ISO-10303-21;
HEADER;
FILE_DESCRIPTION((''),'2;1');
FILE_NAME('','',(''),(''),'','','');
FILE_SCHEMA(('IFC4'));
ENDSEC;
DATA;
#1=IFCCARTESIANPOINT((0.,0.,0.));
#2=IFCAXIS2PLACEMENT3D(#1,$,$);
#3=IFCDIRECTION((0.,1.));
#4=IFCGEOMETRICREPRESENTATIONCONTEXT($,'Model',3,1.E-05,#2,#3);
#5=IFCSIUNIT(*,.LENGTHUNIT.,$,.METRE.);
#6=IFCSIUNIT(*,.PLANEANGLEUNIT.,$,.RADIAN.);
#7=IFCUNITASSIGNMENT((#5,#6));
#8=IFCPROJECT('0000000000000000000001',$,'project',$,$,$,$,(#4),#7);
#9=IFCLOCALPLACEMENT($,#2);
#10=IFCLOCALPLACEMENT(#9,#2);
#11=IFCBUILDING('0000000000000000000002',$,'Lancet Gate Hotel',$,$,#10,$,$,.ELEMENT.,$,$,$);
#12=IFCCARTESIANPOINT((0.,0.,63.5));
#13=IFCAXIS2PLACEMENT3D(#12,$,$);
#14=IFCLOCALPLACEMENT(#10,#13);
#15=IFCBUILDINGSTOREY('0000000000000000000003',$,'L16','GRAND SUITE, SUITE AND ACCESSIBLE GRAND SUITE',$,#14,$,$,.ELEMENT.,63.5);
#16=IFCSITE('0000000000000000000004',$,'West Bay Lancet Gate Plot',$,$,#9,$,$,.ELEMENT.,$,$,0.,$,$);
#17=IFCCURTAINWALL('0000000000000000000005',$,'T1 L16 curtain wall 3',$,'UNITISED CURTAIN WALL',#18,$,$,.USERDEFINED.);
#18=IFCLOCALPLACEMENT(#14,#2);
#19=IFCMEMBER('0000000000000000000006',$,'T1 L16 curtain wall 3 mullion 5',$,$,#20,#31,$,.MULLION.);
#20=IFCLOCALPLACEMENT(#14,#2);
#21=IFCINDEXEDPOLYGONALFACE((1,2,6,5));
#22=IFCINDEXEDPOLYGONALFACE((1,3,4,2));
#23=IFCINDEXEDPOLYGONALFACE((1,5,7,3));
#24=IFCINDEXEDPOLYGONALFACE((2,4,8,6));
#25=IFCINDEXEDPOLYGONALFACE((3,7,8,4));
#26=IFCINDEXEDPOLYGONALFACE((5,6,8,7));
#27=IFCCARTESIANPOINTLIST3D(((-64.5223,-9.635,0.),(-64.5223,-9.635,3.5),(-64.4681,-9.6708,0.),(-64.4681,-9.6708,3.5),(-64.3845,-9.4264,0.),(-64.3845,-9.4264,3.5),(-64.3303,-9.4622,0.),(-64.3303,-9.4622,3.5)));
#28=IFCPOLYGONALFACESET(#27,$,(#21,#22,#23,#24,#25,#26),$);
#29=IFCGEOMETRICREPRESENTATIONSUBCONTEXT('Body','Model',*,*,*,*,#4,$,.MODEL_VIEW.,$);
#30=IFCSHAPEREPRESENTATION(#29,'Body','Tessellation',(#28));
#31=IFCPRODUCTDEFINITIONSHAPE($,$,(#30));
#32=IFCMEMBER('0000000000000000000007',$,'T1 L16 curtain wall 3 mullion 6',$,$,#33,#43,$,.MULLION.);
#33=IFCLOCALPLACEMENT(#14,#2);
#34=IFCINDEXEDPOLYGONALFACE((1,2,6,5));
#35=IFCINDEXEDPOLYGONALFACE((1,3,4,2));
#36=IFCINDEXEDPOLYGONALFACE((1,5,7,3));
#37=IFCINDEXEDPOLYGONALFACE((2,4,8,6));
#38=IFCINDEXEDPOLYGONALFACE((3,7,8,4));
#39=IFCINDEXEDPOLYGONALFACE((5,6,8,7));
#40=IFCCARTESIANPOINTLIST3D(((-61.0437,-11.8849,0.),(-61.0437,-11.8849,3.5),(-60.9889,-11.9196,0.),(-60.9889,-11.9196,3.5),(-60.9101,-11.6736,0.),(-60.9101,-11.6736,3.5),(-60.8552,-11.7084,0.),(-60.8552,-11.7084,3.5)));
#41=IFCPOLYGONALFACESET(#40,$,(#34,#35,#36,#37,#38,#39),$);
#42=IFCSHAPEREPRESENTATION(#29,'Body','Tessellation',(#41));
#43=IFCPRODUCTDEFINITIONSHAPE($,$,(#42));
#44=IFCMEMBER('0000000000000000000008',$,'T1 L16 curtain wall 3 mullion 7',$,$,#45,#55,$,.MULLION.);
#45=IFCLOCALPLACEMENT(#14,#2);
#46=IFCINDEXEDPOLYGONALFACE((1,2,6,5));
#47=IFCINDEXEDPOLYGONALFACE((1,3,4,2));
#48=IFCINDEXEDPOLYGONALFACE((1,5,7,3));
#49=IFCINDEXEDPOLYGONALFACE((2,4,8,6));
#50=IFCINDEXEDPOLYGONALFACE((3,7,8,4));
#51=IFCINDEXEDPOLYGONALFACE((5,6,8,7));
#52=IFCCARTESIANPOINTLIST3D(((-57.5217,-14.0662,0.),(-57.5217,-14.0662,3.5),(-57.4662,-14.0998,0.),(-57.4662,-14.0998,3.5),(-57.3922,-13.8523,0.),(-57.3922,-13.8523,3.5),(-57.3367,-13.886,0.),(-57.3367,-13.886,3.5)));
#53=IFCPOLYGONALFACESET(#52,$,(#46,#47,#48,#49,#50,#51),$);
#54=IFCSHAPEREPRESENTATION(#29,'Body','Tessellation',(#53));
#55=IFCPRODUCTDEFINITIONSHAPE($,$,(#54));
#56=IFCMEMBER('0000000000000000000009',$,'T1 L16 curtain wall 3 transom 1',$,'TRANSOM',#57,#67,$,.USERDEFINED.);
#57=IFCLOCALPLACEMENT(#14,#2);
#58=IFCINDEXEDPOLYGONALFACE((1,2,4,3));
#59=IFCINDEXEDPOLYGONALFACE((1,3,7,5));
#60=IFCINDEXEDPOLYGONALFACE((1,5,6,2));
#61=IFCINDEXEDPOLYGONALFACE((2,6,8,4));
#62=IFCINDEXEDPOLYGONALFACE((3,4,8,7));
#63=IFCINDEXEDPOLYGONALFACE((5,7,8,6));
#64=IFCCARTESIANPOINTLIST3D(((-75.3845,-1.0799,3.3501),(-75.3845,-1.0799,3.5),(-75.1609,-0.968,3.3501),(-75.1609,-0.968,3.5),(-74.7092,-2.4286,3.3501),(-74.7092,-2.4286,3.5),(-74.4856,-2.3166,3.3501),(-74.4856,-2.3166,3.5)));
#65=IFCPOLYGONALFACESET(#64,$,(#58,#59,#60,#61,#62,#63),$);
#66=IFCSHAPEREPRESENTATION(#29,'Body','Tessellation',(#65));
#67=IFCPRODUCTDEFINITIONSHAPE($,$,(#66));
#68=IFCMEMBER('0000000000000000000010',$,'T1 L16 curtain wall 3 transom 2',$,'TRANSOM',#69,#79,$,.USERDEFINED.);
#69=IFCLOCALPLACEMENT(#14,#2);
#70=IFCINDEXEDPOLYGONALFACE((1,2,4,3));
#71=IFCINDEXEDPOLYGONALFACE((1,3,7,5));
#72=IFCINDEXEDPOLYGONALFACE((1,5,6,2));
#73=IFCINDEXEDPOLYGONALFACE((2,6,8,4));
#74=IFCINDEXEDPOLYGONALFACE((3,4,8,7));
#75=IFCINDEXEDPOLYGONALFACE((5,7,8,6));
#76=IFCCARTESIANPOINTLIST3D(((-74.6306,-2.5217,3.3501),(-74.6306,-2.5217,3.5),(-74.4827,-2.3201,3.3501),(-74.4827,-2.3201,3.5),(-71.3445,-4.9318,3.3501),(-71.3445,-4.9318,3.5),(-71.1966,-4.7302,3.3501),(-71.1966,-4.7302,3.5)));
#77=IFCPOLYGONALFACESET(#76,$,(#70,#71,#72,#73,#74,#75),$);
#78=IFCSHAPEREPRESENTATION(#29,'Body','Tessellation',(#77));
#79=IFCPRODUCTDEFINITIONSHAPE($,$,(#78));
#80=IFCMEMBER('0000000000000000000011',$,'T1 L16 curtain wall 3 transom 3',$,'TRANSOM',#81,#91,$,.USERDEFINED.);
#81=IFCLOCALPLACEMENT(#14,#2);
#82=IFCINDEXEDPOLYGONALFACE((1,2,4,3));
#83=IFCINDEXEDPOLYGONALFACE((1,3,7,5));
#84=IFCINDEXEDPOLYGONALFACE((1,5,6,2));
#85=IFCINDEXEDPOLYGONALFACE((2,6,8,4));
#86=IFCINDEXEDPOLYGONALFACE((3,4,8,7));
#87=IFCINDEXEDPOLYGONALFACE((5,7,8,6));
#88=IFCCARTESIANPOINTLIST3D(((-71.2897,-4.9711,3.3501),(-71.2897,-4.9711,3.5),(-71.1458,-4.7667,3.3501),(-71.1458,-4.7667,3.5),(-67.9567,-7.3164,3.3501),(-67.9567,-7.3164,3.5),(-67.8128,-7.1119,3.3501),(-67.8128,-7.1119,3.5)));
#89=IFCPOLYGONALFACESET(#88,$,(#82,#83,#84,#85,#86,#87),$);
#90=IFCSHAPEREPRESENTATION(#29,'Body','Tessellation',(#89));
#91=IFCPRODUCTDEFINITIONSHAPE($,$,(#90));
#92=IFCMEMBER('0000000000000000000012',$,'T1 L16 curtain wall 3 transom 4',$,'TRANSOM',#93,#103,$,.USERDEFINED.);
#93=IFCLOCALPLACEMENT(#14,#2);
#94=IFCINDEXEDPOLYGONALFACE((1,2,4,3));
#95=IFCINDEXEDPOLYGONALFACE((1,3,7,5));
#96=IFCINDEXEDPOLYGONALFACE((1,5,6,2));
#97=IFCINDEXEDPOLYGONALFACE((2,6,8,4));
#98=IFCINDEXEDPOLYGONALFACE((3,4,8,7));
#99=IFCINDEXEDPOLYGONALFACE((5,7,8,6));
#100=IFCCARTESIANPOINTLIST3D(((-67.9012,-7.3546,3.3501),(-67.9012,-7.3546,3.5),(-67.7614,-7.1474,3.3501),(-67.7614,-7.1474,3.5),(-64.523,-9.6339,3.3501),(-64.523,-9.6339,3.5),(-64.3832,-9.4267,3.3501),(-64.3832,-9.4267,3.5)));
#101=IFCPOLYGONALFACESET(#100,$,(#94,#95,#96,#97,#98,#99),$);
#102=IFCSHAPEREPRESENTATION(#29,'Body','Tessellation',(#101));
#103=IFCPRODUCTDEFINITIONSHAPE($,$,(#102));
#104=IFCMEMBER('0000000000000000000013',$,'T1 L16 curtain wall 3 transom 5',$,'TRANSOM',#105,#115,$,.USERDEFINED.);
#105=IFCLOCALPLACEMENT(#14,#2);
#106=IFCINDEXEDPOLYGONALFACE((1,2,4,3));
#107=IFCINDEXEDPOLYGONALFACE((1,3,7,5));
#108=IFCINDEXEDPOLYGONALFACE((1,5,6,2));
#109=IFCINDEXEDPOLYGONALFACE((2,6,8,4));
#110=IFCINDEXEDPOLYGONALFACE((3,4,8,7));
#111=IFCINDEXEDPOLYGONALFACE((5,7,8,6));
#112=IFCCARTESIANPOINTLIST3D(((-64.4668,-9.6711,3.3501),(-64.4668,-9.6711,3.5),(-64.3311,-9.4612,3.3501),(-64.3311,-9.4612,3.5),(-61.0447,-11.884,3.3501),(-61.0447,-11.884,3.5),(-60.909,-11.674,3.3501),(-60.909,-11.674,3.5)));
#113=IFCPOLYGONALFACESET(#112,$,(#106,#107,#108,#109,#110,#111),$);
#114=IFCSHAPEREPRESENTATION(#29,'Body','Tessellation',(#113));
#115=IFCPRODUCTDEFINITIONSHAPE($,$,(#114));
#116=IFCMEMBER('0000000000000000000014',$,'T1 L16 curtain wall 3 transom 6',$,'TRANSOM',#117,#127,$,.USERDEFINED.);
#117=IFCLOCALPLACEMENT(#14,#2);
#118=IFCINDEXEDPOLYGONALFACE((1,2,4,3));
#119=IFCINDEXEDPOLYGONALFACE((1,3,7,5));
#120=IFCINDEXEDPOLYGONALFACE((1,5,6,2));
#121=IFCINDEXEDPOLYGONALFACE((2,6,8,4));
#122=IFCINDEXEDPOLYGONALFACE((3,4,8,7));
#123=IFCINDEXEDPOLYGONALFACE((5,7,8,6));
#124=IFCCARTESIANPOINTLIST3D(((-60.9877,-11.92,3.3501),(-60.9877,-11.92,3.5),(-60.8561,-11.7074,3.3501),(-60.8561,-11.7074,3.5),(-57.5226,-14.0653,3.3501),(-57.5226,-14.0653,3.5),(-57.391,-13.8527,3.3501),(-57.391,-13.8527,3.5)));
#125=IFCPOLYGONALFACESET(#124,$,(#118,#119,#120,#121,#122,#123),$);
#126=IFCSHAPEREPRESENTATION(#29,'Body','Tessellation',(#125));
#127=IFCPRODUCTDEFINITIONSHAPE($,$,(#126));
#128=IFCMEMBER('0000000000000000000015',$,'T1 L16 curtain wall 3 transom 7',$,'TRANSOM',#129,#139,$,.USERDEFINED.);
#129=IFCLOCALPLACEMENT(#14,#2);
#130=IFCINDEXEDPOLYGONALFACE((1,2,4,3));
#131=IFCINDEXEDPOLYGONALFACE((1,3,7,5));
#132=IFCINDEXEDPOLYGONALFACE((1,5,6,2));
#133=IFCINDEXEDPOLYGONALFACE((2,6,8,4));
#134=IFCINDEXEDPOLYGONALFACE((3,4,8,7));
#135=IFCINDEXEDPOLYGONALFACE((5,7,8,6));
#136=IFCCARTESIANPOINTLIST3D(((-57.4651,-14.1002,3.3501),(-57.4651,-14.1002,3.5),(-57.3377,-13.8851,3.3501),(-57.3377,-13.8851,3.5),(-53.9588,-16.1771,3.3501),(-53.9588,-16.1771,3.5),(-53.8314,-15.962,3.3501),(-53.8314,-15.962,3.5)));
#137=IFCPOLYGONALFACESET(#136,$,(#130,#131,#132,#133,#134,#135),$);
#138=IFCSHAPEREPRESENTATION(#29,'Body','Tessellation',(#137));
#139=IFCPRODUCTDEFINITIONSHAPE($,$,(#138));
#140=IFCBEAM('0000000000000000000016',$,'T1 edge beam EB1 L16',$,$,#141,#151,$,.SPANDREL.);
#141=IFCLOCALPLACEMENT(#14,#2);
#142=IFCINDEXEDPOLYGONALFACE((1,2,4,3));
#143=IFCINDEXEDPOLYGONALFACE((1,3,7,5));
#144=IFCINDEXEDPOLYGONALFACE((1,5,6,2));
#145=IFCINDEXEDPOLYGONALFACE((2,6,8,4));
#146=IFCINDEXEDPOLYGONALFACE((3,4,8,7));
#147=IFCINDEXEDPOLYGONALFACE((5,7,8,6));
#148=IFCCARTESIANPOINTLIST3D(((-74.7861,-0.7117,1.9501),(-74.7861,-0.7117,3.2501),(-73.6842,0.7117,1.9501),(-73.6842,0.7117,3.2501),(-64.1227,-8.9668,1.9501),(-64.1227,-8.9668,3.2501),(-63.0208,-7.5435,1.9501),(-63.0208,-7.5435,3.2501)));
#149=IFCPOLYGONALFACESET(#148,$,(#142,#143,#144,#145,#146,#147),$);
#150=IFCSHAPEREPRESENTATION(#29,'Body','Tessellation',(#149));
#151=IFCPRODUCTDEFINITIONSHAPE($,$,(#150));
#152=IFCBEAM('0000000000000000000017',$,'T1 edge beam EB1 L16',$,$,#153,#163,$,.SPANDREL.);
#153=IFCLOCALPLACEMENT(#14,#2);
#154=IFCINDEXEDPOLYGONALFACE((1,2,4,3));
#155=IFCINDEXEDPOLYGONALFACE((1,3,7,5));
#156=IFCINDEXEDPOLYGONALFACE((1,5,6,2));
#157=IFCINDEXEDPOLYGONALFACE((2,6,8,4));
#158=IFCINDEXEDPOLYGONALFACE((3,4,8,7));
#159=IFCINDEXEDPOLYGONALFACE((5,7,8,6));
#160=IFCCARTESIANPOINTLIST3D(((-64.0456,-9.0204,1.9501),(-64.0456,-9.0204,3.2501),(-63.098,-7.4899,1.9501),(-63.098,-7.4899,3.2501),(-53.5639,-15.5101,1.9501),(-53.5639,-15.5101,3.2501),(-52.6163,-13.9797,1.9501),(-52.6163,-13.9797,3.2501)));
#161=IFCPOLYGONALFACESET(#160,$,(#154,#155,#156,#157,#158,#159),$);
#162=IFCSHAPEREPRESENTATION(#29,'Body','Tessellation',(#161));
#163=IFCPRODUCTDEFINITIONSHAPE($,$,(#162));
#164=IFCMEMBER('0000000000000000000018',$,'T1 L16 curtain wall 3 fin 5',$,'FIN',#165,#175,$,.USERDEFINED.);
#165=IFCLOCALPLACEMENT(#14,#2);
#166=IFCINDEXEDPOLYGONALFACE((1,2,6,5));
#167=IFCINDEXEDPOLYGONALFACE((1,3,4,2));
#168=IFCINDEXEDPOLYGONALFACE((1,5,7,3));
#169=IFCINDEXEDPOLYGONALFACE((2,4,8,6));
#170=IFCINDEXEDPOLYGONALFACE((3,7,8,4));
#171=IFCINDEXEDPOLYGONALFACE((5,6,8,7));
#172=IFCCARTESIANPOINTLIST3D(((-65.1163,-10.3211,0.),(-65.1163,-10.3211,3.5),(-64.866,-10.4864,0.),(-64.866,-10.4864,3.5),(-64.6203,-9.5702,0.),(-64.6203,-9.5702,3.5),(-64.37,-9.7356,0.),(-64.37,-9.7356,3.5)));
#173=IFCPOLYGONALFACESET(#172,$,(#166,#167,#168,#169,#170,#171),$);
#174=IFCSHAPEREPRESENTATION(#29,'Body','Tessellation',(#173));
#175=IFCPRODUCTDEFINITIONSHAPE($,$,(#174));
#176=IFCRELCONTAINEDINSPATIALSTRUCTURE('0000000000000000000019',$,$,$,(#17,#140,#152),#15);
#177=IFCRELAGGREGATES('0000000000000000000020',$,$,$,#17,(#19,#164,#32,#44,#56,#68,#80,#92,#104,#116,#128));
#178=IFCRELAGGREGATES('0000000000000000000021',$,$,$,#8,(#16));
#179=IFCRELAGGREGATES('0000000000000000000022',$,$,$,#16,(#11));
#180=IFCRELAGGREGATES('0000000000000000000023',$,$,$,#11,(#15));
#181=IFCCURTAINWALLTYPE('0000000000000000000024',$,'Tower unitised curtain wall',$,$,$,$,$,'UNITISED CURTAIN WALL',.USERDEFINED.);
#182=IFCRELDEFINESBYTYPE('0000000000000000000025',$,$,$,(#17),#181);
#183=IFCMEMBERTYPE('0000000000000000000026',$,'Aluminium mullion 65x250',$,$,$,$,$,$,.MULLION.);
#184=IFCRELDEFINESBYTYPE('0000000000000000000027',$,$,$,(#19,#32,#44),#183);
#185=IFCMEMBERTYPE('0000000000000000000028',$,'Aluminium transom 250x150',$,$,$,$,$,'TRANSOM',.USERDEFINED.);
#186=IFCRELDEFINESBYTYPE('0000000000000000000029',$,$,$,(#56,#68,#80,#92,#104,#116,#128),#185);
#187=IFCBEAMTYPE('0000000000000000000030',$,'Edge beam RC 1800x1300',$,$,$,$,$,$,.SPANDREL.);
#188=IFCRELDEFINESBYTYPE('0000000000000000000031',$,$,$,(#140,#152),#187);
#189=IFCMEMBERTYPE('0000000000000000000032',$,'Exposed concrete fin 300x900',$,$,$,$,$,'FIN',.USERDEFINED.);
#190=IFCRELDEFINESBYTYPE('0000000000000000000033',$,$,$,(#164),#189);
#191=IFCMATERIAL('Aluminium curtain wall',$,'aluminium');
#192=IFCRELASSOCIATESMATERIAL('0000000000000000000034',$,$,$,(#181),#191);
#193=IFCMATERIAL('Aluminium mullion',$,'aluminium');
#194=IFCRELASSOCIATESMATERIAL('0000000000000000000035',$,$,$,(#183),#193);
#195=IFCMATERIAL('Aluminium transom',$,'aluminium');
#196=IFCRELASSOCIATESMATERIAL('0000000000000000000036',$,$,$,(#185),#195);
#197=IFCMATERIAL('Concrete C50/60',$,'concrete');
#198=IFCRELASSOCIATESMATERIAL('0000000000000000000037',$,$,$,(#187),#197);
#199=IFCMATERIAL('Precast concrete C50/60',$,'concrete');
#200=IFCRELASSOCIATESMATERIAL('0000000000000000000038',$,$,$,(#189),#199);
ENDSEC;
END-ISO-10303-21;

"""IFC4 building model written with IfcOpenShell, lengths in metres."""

from ifc_helpers import new_model, si_unit, direction, frame, origin, origin_2d, place, context, subcontext, project, spatial, rectangle, extrude, material, material_profile, profile_set, type_object, element, aggregate, save


model = new_model("IFC4")

# Units and contexts
model_context = context("Model", 3, precision=1e-05, world=origin(), true_north=direction((0.0, 1.0)))
body_context = subcontext(model_context, "Body", "Model", "MODEL_VIEW")
ifc_project = project(units=[si_unit("LENGTHUNIT", "METRE"), si_unit("PLANEANGLEUNIT", "RADIAN")], contexts=[model_context])

# Site, building, storey
site_placement = place(None, origin())
site = spatial("IfcSite", under=ifc_project, at=site_placement, Name="West Bay Lancet Gate Plot", CompositionType="ELEMENT", RefElevation=0.0)
building_placement = place(site_placement, origin())
building = spatial("IfcBuilding", under=site, at=building_placement, Name="Lancet Gate Hotel", CompositionType="ELEMENT")
storey_placement = place(building_placement, frame((0.0, 0.0, 63.5)))
storey = spatial("IfcBuildingStorey", under=building, at=storey_placement, Name="L16", Description="GRAND SUITE, SUITE AND ACCESSIBLE GRAND SUITE", CompositionType="ELEMENT", Elevation=63.5)

# Shared definitions
ifc_material_1 = material(Name="Aluminium curtain wall", Category="aluminium")
curtain_wall_type = type_object("IfcCurtainWallType", Name="Tower unitised curtain wall", ElementType="UNITISED CURTAIN WALL", PredefinedType="USERDEFINED", material=ifc_material_1)
ifc_material_2 = material(Name="Aluminium mullion", Category="aluminium")
ifc_material_profile_1 = material_profile(ifc_material_2, rectangle(XDim=0.0649, YDim=0.25, at=origin_2d()), Name="MULLION 65x250")
ifc_profile_set_1 = profile_set([ifc_material_profile_1], Name="Aluminium mullion")
member_type_1 = type_object("IfcMemberType", Name="Aluminium mullion 65x250", PredefinedType="MULLION", material=ifc_profile_set_1)

# Curtain wall, members
curtain_wall_1_placement = place(storey_placement, origin())
curtain_wall_1 = element("IfcCurtainWall", 1, at=curtain_wall_1_placement, inside=storey, type_object=curtain_wall_type, Name="T1 L16 curtain wall 3", ObjectType="UNITISED CURTAIN WALL", PredefinedType="USERDEFINED")
member_1_placement = place(storey_placement, frame((-64.4263, -9.5486, 0.0), z_axis=(0.0, 0.0, 1.0), x_axis=(0.834387, -0.551178, 0.0)))
member_1 = element("IfcMember", 2, at=member_1_placement, type_object=member_type_1, Name="T1 L16 curtain wall 3 mullion 5", PredefinedType="MULLION", context=body_context, shape_type="SweptSolid", body=[
    extrude(rectangle(XDim=0.0649, YDim=0.25, at=origin_2d()), origin(), (0.0, 0.0, 1.0), 3.5),
])
member_2_placement = place(storey_placement, frame((-60.9495, -11.7966, 0.0), z_axis=(0.0, 0.0, 1.0), x_axis=(0.845029, -0.53472, 0.0)))
member_2 = element("IfcMember", 3, at=member_2_placement, type_object=member_type_1, Name="T1 L16 curtain wall 3 mullion 6", PredefinedType="MULLION", context=body_context, shape_type="SweptSolid", body=[
    extrude(rectangle(XDim=0.0649, YDim=0.25, at=origin_2d()), origin(), (0.0, 0.0, 1.0), 3.5),
])
member_3_placement = place(storey_placement, frame((-57.4292, -13.9761, 0.0), z_axis=(0.0, 0.0, 1.0), x_axis=(0.855346, -0.518057, 0.0)))
member_3 = element("IfcMember", 4, at=member_3_placement, type_object=member_type_1, Name="T1 L16 curtain wall 3 mullion 7", PredefinedType="MULLION", context=body_context, shape_type="SweptSolid", body=[
    extrude(rectangle(XDim=0.0649, YDim=0.25, at=origin_2d()), origin(), (0.0, 0.0, 1.0), 3.5),
])
ifc_material_3 = material(Name="Aluminium transom", Category="aluminium")
ifc_material_profile_2 = material_profile(ifc_material_3, rectangle(XDim=0.25, YDim=0.1499, at=origin_2d()), Name="TRANSOM 250x150")
ifc_profile_set_2 = profile_set([ifc_material_profile_2], Name="Aluminium transom")
member_type_2 = type_object("IfcMemberType", Name="Aluminium transom 250x150", ElementType="TRANSOM", PredefinedType="USERDEFINED", material=ifc_profile_set_2)
member_4_placement = place(storey_placement, frame((-75.2727, -1.0239, 3.425), z_axis=(0.447732, -0.894168, 0.0), x_axis=(0.894168, 0.447732, 0.0)))
member_4 = element("IfcMember", 5, at=member_4_placement, type_object=member_type_2, Name="T1 L16 curtain wall 3 transom 1", ObjectType="TRANSOM", PredefinedType="USERDEFINED", context=body_context, shape_type="SweptSolid", body=[
    extrude(rectangle(XDim=0.25, YDim=0.1499, at=origin_2d()), origin(), (0.0, 0.0, 1.0), 1.5083),
])
member_5_placement = place(storey_placement, frame((-74.5566, -2.4209, 3.425), z_axis=(0.806367, -0.591416, 0.0), x_axis=(0.591416, 0.806367, 0.0)))
member_5 = element("IfcMember", 6, at=member_5_placement, type_object=member_type_2, Name="T1 L16 curtain wall 3 transom 2", ObjectType="TRANSOM", PredefinedType="USERDEFINED", context=body_context, shape_type="SweptSolid", body=[
    extrude(rectangle(XDim=0.25, YDim=0.1499, at=origin_2d()), origin(), (0.0, 0.0, 1.0), 4.0752),
])
member_6_placement = place(storey_placement, frame((-71.2178, -4.8689, 3.425), z_axis=(0.817834, -0.575455, 0.0), x_axis=(0.575455, 0.817834, 0.0)))
member_6 = element("IfcMember", 7, at=member_6_placement, type_object=member_type_2, Name="T1 L16 curtain wall 3 transom 3", ObjectType="TRANSOM", PredefinedType="USERDEFINED", context=body_context, shape_type="SweptSolid", body=[
    extrude(rectangle(XDim=0.25, YDim=0.1499, at=origin_2d()), origin(), (0.0, 0.0, 1.0), 4.0754),
])
member_7_placement = place(storey_placement, frame((-67.8313, -7.251, 3.425), z_axis=(0.828959, -0.559309, 0.0), x_axis=(0.559309, 0.828959, 0.0)))
member_7 = element("IfcMember", 8, at=member_7_placement, type_object=member_type_2, Name="T1 L16 curtain wall 3 transom 4", ObjectType="TRANSOM", PredefinedType="USERDEFINED", context=body_context, shape_type="SweptSolid", body=[
    extrude(rectangle(XDim=0.25, YDim=0.1499, at=origin_2d()), origin(), (0.0, 0.0, 1.0), 4.0752),
])
member_8_placement = place(storey_placement, frame((-64.3989, -9.5662, 3.425), z_axis=(0.839729, -0.543005, 0.0), x_axis=(0.543005, 0.839729, 0.0)))
member_8 = element("IfcMember", 9, at=member_8_placement, type_object=member_type_2, Name="T1 L16 curtain wall 3 transom 5", ObjectType="TRANSOM", PredefinedType="USERDEFINED", context=body_context, shape_type="SweptSolid", body=[
    extrude(rectangle(XDim=0.25, YDim=0.1499, at=origin_2d()), origin(), (0.0, 0.0, 1.0), 4.0752),
])
member_9_placement = place(storey_placement, frame((-60.9219, -11.8137, 3.425), z_axis=(0.850242, -0.526392, 0.0), x_axis=(0.526392, 0.850242, 0.0)))
member_9 = element("IfcMember", 10, at=member_9_placement, type_object=member_type_2, Name="T1 L16 curtain wall 3 transom 6", ObjectType="TRANSOM", PredefinedType="USERDEFINED", context=body_context, shape_type="SweptSolid", body=[
    extrude(rectangle(XDim=0.25, YDim=0.1499, at=origin_2d()), origin(), (0.0, 0.0, 1.0), 4.0754),
])
member_10_placement = place(storey_placement, frame((-57.4014, -13.9927, 3.425), z_axis=(0.860392, -0.509633, 0.0), x_axis=(0.509633, 0.860392, 0.0)))
member_10 = element("IfcMember", 11, at=member_10_placement, type_object=member_type_2, Name="T1 L16 curtain wall 3 transom 7", ObjectType="TRANSOM", PredefinedType="USERDEFINED", context=body_context, shape_type="SweptSolid", body=[
    extrude(rectangle(XDim=0.25, YDim=0.1499, at=origin_2d()), origin(), (0.0, 0.0, 1.0), 4.0752),
])

# Beams
ifc_material_4 = material(Name="Concrete C50/60", Category="concrete")
ifc_material_profile_3 = material_profile(ifc_material_4, rectangle(XDim=1.8, YDim=1.3, at=origin_2d()), Name="RC 1800x1300")
ifc_profile_set_3 = profile_set([ifc_material_profile_3], Name="Concrete C50/60")
beam_type_1 = type_object("IfcBeamType", Name="Edge beam RC 1800x1300", PredefinedType="SPANDREL", material=ifc_profile_set_3)
beam_1_placement = place(storey_placement, frame((-74.2351, 0.0, 2.6001), z_axis=(0.790736, -0.612157, 0.0), x_axis=(0.612157, 0.790736, 0.0)))
element("IfcBeam", 12, at=beam_1_placement, inside=storey, type_object=beam_type_1, Name="T1 edge beam EB1 L16", PredefinedType="SPANDREL", context=body_context, shape_type="SweptSolid", body=[
    extrude(rectangle(XDim=1.8, YDim=1.3, at=origin_2d()), origin(), (0.0, 0.0, 1.0), 13.4854),
])
beam_2_placement = place(storey_placement, frame((-63.5718, -8.2551, 2.6001), z_axis=(0.850226, -0.526418, 0.0), x_axis=(0.526418, 0.850226, 0.0)))
element("IfcBeam", 13, at=beam_2_placement, inside=storey, type_object=beam_type_1, Name="T1 edge beam EB1 L16", PredefinedType="SPANDREL", context=body_context, shape_type="SweptSolid", body=[
    extrude(rectangle(XDim=1.8, YDim=1.3, at=origin_2d()), origin(), (0.0, 0.0, 1.0), 12.3281),
])

# Member
ifc_material_5 = material(Name="Precast concrete C50/60", Category="concrete")
ifc_material_profile_4 = material_profile(ifc_material_5, rectangle(XDim=0.3, YDim=0.8999, at=origin_2d()), Name="FIN 300x900")
ifc_profile_set_4 = profile_set([ifc_material_profile_4], Name="Precast concrete C50/60")
member_type_3 = type_object("IfcMemberType", Name="Exposed concrete fin 300x900", ElementType="FIN", PredefinedType="USERDEFINED", material=ifc_profile_set_4)
member_11_placement = place(storey_placement, frame((-64.7432, -10.0283, 0.0), z_axis=(0.0, 0.0, 1.0), x_axis=(0.834387, -0.551178, 0.0)))
member_11 = element("IfcMember", 14, at=member_11_placement, type_object=member_type_3, Name="T1 L16 curtain wall 3 fin 5", ObjectType="FIN", PredefinedType="USERDEFINED", context=body_context, shape_type="SweptSolid", body=[
    extrude(rectangle(XDim=0.3, YDim=0.8999, at=origin_2d()), origin(), (0.0, 0.0, 1.0), 3.5),
])

aggregate(curtain_wall_1, [member_1, member_11, member_2, member_3, member_4, member_5, member_6, member_7, member_8, member_9, member_10])

save(model, "model.ifc")
